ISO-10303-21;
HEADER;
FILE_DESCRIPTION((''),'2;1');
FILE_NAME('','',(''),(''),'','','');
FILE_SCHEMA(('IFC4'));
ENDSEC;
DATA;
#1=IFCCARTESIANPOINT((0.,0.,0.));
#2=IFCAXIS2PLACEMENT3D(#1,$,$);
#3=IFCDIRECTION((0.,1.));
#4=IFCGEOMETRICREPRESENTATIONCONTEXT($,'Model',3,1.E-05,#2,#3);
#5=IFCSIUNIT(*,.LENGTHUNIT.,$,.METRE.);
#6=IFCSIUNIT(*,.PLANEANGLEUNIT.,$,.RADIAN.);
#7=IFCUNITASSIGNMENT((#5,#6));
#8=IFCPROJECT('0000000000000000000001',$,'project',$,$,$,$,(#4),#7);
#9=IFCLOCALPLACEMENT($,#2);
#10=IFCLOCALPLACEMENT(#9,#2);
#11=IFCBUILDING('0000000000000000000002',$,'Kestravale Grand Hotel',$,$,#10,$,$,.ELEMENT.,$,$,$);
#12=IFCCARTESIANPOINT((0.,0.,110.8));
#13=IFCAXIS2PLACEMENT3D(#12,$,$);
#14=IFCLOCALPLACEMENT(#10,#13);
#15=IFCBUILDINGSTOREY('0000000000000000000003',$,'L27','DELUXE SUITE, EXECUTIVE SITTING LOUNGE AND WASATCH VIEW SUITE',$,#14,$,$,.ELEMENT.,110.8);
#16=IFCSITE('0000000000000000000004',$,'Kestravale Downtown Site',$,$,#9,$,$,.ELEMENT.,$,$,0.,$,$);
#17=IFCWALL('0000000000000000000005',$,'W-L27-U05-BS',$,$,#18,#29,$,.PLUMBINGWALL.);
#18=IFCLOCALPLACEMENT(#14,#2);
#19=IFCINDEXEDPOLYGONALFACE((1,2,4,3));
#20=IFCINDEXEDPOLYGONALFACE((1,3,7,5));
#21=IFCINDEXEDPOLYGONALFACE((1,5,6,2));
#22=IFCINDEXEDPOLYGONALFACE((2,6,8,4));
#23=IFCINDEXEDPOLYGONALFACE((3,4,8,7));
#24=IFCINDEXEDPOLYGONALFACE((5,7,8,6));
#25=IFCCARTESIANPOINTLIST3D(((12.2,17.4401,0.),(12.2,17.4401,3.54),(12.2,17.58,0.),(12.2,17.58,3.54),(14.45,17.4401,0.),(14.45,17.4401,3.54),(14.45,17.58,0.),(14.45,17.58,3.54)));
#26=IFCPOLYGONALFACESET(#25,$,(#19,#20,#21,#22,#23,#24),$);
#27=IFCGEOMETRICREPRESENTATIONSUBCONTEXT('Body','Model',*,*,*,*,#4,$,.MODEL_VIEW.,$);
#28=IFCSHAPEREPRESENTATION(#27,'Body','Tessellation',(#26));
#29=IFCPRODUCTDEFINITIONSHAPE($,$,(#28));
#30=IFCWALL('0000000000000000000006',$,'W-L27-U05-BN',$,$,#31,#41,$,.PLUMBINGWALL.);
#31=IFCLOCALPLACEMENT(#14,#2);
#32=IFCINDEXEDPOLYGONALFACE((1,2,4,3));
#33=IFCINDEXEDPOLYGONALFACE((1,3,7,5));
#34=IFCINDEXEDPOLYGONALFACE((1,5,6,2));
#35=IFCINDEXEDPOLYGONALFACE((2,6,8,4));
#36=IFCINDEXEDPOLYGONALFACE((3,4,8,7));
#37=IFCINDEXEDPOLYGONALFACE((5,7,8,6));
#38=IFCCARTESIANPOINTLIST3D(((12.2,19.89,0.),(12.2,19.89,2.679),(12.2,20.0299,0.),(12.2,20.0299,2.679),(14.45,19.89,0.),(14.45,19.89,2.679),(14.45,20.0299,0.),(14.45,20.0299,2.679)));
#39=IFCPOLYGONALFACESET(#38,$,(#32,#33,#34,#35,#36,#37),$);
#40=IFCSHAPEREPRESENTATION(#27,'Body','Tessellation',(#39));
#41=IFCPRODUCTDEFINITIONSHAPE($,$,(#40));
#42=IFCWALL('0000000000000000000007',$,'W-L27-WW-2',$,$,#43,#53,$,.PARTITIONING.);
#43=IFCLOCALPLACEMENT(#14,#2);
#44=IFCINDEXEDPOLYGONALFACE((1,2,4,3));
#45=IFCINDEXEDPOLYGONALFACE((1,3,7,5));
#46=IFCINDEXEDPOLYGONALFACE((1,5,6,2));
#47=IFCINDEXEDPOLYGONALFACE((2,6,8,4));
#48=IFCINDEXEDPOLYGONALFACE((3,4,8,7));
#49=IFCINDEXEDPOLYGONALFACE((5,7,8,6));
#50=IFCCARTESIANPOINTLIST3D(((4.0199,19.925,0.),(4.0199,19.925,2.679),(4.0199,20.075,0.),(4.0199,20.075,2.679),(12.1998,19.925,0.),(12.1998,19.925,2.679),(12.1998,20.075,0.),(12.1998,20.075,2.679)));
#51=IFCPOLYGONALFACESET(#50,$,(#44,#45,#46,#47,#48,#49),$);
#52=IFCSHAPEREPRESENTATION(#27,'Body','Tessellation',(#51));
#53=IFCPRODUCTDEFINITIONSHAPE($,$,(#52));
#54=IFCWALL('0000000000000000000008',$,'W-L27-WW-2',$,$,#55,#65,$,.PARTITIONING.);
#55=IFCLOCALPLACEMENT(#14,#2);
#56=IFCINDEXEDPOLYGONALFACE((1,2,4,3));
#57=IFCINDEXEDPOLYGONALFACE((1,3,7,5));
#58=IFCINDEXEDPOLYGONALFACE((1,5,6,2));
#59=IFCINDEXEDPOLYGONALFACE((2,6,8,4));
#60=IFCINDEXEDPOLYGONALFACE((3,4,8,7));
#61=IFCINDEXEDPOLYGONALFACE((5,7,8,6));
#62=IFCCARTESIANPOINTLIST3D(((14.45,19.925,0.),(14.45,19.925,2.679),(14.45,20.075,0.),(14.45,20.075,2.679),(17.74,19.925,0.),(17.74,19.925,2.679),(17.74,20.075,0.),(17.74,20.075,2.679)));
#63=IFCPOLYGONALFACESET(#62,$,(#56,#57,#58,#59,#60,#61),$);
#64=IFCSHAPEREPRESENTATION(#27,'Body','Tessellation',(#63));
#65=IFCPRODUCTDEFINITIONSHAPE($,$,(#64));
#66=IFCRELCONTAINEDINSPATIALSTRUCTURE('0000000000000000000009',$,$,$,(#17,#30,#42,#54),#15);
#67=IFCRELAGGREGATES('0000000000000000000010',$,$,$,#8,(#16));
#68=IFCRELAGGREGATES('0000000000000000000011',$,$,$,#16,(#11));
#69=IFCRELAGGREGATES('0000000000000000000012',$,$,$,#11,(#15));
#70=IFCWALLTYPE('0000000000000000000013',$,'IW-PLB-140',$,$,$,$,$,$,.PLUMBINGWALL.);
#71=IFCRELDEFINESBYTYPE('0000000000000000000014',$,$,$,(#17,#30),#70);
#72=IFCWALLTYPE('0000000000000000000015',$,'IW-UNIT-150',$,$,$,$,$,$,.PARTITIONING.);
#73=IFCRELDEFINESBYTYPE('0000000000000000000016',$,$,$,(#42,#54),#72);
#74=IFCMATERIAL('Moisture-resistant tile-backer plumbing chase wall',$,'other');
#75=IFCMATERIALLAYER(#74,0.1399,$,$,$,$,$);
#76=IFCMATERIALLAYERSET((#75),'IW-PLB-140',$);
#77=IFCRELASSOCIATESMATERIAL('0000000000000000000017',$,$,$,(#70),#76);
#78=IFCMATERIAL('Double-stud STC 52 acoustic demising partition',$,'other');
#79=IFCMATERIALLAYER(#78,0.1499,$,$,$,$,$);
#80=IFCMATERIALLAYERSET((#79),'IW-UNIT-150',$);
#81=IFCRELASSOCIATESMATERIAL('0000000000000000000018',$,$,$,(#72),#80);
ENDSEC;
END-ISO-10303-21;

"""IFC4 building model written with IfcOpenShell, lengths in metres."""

from ifc_helpers import new_model, si_unit, direction, frame, frame_2d, origin, place, context, subcontext, project, spatial, rectangle, extrude, material, layer, layer_set, type_object, element, save


model = new_model("IFC4")

# Units and contexts
model_context = context("Model", 3, precision=1e-05, world=origin(), true_north=direction((0.0, 1.0)))
body_context = subcontext(model_context, "Body", "Model", "MODEL_VIEW")
ifc_project = project(units=[si_unit("LENGTHUNIT", "METRE"), si_unit("PLANEANGLEUNIT", "RADIAN")], contexts=[model_context])

# Site, building, storey
site_placement = place(None, origin())
site = spatial("IfcSite", under=ifc_project, at=site_placement, Name="Kestravale Downtown Site", CompositionType="ELEMENT", RefElevation=0.0)
building_placement = place(site_placement, origin())
building = spatial("IfcBuilding", under=site, at=building_placement, Name="Kestravale Grand Hotel", CompositionType="ELEMENT")
storey_placement = place(building_placement, frame((0.0, 0.0, 110.8)))
storey = spatial("IfcBuildingStorey", under=building, at=storey_placement, Name="L27", Description="DELUXE SUITE, EXECUTIVE SITTING LOUNGE AND WASATCH VIEW SUITE", CompositionType="ELEMENT", Elevation=110.8)

# Shared definitions
ifc_material_1 = material(Name="Moisture-resistant tile-backer plumbing chase wall", Category="other")
ifc_layer_1 = layer(ifc_material_1, 0.1399)
ifc_layer_set_1 = layer_set([ifc_layer_1], Name="IW-PLB-140")
wall_type_1 = type_object("IfcWallType", Name="IW-PLB-140", PredefinedType="PLUMBINGWALL", material=ifc_layer_set_1)

# Walls
wall_1_placement = place(storey_placement, frame((12.2, 17.51, 0.0), z_axis=(0.0, 0.0, 1.0), x_axis=(1.0, 0.0, 0.0)))
element("IfcWall", 1, at=wall_1_placement, inside=storey, type_object=wall_type_1, Name="W-L27-U05-BS", PredefinedType="PLUMBINGWALL", context=body_context, shape_type="SweptSolid", body=[
    extrude(rectangle(XDim=2.25, YDim=0.1399, at=frame_2d((1.125, 0.0))), origin(), (0.0, 0.0, 1.0), 3.54),
])
wall_2_placement = place(storey_placement, frame((12.2, 19.96, 0.0), z_axis=(0.0, 0.0, 1.0), x_axis=(1.0, 0.0, 0.0)))
element("IfcWall", 2, at=wall_2_placement, inside=storey, type_object=wall_type_1, Name="W-L27-U05-BN", PredefinedType="PLUMBINGWALL", context=body_context, shape_type="SweptSolid", body=[
    extrude(rectangle(XDim=2.25, YDim=0.1399, at=frame_2d((1.125, 0.0))), origin(), (0.0, 0.0, 1.0), 2.679),
])
ifc_material_2 = material(Name="Double-stud STC 52 acoustic demising partition", Category="other")
ifc_layer_2 = layer(ifc_material_2, 0.1499)
ifc_layer_set_2 = layer_set([ifc_layer_2], Name="IW-UNIT-150")
wall_type_2 = type_object("IfcWallType", Name="IW-UNIT-150", PredefinedType="PARTITIONING", material=ifc_layer_set_2)
wall_3_placement = place(storey_placement, frame((4.02, 20.0, 0.0), z_axis=(0.0, 0.0, 1.0), x_axis=(1.0, 0.0, 0.0)))
element("IfcWall", 3, at=wall_3_placement, inside=storey, type_object=wall_type_2, Name="W-L27-WW-2", PredefinedType="PARTITIONING", context=body_context, shape_type="SweptSolid", body=[
    extrude(rectangle(XDim=8.1799, YDim=0.1499, at=frame_2d((4.0898, 0.0))), origin(), (0.0, 0.0, 1.0), 2.679),
])
wall_4_placement = place(storey_placement, frame((14.45, 20.0, 0.0), z_axis=(0.0, 0.0, 1.0), x_axis=(1.0, 0.0, 0.0)))
element("IfcWall", 4, at=wall_4_placement, inside=storey, type_object=wall_type_2, Name="W-L27-WW-2", PredefinedType="PARTITIONING", context=body_context, shape_type="SweptSolid", body=[
    extrude(rectangle(XDim=3.29, YDim=0.1499, at=frame_2d((1.645, 0.0))), origin(), (0.0, 0.0, 1.0), 2.679),
])

save(model, "model.ifc")
